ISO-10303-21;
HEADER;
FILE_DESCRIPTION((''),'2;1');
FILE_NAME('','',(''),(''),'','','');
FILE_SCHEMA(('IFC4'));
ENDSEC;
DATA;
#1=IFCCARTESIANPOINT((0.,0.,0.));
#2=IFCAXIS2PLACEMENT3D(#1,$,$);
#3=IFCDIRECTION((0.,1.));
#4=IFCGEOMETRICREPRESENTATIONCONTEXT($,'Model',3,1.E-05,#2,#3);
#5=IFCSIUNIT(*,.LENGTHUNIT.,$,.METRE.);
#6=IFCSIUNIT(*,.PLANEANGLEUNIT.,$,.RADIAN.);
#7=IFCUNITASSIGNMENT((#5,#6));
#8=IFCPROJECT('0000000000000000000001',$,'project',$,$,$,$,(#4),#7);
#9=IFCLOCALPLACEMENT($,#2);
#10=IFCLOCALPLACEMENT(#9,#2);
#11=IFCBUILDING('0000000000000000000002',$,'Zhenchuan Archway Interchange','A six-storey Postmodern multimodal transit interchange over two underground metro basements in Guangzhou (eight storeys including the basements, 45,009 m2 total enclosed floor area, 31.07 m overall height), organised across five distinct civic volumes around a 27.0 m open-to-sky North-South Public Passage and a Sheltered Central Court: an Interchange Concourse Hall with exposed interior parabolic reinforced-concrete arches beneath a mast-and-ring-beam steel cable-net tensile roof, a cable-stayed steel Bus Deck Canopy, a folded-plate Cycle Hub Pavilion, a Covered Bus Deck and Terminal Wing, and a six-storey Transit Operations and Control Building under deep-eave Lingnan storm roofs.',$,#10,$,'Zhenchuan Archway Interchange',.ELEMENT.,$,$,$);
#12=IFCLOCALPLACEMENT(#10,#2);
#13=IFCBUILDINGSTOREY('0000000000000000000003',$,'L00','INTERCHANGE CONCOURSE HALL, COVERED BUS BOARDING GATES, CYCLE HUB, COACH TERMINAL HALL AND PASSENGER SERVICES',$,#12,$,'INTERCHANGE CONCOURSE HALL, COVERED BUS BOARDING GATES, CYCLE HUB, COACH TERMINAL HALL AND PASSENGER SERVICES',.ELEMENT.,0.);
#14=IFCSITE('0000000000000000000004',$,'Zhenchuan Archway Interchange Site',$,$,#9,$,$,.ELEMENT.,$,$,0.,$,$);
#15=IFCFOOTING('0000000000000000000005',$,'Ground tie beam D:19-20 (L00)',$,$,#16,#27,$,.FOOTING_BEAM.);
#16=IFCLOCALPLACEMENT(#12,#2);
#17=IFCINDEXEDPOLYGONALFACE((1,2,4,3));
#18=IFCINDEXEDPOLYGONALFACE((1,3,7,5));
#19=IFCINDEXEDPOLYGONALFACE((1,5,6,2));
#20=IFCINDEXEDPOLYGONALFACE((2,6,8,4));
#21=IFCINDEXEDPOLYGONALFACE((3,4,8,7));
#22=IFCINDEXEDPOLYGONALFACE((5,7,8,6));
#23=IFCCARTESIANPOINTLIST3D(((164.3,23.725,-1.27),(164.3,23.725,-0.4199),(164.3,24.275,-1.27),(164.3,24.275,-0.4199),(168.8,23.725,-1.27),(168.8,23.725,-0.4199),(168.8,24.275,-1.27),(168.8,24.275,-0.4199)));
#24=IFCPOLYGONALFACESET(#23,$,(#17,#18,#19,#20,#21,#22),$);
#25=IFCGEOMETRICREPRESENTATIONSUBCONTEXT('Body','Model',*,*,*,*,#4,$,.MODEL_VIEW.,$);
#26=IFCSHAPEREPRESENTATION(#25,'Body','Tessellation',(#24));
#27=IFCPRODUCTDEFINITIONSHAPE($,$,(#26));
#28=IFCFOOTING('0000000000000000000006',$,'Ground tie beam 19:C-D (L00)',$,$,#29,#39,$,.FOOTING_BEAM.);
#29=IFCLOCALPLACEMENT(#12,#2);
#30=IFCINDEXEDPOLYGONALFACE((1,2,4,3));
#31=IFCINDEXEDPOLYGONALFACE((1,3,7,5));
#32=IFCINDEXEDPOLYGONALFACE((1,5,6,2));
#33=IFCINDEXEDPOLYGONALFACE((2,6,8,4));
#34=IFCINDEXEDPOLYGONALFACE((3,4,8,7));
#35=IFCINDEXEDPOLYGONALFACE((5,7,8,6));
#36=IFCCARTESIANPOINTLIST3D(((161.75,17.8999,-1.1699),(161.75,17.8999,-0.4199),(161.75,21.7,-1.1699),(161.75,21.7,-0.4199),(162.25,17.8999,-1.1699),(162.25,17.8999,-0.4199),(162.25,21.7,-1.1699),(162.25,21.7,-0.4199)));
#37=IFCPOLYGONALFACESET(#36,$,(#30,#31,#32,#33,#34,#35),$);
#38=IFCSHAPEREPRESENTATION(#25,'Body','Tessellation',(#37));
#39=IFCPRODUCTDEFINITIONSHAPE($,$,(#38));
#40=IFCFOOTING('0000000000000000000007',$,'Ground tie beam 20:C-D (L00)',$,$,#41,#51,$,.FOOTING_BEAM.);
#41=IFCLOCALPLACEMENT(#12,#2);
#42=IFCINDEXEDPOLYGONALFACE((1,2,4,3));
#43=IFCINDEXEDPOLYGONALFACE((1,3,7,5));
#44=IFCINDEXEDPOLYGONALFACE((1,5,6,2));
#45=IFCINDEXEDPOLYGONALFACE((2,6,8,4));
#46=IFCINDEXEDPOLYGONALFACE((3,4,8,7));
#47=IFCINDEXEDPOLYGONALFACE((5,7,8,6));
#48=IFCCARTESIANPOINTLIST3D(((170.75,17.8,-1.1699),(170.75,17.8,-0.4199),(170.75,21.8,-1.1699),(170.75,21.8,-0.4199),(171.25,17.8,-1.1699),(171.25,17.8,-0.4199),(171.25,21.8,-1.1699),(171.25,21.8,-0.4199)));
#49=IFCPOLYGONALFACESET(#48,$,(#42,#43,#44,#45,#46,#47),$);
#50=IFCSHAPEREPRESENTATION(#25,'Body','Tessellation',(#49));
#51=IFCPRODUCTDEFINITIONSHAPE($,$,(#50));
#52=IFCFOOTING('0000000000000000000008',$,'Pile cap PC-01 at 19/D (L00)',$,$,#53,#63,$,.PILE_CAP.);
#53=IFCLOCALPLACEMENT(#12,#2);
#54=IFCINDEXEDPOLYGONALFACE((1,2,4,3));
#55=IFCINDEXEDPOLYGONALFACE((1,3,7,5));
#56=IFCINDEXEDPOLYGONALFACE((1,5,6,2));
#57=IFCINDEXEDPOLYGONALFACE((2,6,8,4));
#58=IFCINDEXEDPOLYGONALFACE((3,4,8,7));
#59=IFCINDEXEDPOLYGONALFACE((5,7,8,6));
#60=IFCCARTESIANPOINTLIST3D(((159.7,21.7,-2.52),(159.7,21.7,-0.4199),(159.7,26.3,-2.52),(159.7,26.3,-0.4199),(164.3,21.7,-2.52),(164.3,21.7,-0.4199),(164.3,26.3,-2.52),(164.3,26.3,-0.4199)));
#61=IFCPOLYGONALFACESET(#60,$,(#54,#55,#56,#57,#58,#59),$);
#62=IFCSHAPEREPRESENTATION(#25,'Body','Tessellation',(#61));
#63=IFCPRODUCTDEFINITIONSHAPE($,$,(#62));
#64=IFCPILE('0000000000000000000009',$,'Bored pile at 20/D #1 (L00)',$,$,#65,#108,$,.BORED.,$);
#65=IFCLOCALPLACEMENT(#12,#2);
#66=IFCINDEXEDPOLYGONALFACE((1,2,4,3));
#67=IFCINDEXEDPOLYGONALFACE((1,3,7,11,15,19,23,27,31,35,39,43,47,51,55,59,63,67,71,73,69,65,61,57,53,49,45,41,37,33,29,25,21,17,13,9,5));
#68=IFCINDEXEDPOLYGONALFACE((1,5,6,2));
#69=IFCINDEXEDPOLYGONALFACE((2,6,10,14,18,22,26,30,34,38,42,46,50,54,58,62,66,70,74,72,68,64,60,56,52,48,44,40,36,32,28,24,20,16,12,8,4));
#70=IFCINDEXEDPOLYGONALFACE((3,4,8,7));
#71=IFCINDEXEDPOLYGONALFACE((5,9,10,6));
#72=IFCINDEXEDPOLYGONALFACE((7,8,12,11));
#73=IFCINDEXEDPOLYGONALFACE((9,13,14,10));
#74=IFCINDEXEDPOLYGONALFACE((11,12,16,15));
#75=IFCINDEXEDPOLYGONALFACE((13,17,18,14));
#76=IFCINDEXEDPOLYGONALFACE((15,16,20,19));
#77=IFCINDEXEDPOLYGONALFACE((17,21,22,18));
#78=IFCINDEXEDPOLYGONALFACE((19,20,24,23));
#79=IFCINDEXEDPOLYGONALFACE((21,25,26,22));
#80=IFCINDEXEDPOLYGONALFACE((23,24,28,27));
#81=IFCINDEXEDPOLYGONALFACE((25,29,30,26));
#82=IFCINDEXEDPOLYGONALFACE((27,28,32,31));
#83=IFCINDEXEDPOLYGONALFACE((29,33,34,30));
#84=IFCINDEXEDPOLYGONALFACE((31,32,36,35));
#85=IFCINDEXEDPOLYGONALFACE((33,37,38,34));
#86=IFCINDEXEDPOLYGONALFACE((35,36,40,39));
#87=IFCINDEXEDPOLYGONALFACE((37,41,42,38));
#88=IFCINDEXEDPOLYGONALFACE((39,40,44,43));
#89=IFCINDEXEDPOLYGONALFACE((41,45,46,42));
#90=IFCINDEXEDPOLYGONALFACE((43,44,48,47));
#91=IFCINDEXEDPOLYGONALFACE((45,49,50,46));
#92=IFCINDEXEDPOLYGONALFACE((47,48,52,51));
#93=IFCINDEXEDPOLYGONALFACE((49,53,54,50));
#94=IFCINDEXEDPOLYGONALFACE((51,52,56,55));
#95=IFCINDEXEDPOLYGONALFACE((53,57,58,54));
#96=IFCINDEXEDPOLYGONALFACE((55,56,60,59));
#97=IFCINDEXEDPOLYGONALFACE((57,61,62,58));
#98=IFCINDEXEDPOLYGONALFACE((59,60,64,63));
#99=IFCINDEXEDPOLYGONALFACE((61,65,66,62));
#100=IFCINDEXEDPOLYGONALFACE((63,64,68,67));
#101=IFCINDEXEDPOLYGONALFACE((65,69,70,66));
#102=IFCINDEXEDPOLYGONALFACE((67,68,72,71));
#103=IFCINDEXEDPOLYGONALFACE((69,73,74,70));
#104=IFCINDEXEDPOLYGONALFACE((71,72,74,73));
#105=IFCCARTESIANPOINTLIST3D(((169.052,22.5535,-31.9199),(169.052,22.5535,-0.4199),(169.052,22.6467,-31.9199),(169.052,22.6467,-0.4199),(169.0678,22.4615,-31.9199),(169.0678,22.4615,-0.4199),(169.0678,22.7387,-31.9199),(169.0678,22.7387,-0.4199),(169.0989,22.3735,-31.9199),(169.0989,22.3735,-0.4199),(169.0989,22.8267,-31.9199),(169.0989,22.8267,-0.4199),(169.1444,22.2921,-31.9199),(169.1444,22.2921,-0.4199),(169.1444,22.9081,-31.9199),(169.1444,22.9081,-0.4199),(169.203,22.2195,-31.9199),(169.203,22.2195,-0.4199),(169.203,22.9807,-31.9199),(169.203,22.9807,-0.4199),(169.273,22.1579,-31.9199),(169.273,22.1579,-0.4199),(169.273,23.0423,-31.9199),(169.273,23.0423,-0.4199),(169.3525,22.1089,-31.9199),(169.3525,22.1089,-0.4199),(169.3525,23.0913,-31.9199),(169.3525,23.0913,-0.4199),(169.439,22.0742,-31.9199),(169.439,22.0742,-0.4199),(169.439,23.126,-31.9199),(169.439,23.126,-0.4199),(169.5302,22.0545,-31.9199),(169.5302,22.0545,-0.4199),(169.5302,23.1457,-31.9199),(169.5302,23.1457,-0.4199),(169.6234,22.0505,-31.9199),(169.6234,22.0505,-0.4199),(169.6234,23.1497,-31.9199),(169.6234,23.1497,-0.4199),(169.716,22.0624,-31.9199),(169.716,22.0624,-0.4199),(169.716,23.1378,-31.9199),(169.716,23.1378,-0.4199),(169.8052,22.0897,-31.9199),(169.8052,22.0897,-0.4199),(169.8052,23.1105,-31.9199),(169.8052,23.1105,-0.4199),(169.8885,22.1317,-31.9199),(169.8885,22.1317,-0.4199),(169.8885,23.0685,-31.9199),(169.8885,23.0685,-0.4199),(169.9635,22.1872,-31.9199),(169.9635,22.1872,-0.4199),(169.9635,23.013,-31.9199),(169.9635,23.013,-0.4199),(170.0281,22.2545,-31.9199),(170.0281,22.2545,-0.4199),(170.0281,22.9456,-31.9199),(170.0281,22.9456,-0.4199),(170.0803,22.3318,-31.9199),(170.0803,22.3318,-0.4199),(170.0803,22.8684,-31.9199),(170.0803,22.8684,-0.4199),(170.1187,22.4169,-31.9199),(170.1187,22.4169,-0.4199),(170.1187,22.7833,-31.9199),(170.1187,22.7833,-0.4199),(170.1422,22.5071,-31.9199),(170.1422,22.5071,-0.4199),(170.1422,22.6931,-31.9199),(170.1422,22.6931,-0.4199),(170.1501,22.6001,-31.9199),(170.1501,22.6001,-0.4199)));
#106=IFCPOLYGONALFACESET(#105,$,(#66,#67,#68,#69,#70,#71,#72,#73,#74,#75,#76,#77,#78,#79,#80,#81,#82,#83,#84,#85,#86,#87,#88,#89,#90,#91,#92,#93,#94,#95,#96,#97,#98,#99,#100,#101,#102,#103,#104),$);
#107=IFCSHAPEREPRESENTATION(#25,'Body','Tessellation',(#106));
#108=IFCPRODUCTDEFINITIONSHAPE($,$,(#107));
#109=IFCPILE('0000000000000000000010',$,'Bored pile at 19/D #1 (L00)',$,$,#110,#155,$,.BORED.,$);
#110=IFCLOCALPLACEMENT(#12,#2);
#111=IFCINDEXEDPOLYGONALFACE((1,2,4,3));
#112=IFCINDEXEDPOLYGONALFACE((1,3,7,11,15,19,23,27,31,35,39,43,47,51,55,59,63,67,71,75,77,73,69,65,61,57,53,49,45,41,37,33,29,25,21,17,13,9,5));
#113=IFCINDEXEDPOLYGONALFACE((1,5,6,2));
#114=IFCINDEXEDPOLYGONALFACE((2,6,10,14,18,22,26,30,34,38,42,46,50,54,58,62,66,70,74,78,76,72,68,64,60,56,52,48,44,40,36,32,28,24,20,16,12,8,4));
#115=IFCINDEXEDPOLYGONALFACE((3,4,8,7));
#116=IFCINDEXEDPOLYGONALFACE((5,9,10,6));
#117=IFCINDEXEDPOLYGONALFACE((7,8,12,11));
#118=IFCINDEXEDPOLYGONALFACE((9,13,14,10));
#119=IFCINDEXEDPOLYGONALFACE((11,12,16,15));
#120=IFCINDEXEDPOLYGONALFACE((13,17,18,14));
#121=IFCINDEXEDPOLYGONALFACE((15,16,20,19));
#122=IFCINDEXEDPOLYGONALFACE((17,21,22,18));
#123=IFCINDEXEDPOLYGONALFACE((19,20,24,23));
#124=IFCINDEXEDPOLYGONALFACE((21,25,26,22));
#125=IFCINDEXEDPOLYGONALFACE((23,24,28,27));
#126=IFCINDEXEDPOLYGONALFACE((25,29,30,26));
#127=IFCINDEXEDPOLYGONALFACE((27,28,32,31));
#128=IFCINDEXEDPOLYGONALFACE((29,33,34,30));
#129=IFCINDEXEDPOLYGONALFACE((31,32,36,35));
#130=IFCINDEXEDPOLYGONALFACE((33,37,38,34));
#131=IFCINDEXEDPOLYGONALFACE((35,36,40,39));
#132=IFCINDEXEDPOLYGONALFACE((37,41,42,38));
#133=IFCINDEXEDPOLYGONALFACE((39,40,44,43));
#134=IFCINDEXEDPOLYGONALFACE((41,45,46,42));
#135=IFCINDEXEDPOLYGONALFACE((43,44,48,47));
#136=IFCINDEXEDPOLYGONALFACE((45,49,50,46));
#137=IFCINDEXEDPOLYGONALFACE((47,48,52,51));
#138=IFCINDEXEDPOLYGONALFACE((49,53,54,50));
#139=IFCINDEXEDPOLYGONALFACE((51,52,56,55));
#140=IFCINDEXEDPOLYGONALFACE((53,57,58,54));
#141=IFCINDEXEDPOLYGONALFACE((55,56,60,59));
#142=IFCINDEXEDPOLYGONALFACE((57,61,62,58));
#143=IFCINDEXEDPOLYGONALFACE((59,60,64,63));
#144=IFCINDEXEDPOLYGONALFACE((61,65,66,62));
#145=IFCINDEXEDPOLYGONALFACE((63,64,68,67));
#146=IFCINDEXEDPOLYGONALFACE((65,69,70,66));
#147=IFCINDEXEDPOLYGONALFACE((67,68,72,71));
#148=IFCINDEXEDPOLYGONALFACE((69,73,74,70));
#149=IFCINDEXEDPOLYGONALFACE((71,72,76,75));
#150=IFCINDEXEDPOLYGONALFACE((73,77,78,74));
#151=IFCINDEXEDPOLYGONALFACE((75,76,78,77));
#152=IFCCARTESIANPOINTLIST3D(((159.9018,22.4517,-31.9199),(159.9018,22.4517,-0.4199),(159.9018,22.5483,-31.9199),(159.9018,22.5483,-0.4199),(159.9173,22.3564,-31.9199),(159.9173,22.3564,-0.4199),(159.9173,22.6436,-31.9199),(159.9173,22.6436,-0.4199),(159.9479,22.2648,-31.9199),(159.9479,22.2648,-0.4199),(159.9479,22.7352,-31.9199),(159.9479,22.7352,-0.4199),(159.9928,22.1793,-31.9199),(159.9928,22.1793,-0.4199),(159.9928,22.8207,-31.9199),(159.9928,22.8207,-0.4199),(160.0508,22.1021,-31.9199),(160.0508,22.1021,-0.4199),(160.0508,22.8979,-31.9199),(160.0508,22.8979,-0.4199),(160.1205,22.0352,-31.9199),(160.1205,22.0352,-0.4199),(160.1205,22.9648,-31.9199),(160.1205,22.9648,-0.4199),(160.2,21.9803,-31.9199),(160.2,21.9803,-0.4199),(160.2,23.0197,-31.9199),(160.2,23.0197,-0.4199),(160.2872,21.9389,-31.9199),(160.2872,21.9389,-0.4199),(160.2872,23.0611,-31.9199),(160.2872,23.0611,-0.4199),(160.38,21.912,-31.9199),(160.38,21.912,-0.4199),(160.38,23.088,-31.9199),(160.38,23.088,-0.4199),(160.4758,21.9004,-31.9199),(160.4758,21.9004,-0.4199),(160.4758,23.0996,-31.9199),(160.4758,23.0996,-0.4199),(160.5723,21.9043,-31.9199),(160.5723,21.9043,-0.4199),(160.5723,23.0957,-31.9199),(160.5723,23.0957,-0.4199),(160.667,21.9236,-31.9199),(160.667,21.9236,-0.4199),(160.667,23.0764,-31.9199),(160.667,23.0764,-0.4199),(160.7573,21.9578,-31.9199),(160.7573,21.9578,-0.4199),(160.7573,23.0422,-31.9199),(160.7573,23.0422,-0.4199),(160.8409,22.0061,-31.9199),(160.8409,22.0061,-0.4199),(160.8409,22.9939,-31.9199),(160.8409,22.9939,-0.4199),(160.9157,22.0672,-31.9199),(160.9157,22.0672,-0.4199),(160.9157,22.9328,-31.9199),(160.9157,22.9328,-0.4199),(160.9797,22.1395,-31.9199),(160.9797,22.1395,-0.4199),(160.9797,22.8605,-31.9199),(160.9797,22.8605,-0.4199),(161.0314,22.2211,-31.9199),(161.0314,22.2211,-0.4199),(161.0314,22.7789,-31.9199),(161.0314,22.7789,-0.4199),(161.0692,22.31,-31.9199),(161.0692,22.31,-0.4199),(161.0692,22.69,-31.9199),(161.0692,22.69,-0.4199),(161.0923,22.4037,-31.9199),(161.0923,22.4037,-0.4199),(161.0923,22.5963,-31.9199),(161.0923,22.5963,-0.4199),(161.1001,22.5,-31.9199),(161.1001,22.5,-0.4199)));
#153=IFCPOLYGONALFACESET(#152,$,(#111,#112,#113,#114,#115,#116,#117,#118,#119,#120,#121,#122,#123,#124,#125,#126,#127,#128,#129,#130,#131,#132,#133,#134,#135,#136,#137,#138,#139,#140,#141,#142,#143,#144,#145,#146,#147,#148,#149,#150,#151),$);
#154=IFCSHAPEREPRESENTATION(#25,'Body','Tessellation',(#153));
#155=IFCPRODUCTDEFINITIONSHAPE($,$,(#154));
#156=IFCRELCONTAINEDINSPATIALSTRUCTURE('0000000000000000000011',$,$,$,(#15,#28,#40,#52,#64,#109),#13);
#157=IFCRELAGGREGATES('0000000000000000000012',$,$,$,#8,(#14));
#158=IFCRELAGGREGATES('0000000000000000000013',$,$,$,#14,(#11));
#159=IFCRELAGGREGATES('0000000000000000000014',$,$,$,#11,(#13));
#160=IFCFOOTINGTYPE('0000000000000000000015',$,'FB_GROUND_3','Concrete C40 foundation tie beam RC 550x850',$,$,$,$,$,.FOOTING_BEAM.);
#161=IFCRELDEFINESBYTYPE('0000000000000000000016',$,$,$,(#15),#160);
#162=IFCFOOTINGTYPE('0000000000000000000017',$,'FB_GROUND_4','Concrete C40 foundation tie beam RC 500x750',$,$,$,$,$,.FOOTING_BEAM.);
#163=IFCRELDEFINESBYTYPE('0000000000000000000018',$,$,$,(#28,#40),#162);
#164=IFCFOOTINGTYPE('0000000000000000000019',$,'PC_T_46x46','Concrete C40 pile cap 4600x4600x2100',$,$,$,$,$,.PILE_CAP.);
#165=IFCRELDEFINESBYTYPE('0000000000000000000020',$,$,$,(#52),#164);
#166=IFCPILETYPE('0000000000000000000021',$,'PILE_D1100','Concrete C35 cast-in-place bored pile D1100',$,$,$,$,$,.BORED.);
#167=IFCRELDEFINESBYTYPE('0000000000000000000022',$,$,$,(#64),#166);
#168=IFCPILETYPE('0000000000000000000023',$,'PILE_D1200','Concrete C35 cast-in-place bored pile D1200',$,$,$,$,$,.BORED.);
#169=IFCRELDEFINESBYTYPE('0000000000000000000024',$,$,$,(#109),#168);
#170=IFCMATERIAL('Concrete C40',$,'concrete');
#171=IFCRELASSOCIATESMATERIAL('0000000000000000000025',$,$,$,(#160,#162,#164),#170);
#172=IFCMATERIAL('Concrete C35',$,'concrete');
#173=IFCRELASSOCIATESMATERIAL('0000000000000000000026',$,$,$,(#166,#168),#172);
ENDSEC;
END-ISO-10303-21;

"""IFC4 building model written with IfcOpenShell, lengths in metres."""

from ifc_helpers import new_model, si_unit, direction, frame, origin, origin_2d, place, context, subcontext, project, spatial, rectangle, circle, extrude, material, material_profile, profile_set, type_object, element, save


model = new_model("IFC4")

# Units and contexts
model_context = context("Model", 3, precision=1e-05, world=origin(), true_north=direction((0.0, 1.0)))
body_context = subcontext(model_context, "Body", "Model", "MODEL_VIEW")
ifc_project = project(units=[si_unit("LENGTHUNIT", "METRE"), si_unit("PLANEANGLEUNIT", "RADIAN")], contexts=[model_context])

# Site, building, storey
site_placement = place(None, origin())
site = spatial("IfcSite", under=ifc_project, at=site_placement, Name="Zhenchuan Archway Interchange Site", CompositionType="ELEMENT", RefElevation=0.0)
building_placement = place(site_placement, origin())
building = spatial("IfcBuilding", under=site, at=building_placement, Name="Zhenchuan Archway Interchange", Description="A six-storey Postmodern multimodal transit interchange over two underground metro basements in Guangzhou (eight storeys including the basements, 45,009 m2 total enclosed floor area, 31.07 m overall height), organised across five distinct civic volumes around a 27.0 m open-to-sky North-South Public Passage and a Sheltered Central Court: an Interchange Concourse Hall with exposed interior parabolic reinforced-concrete arches beneath a mast-and-ring-beam steel cable-net tensile roof, a cable-stayed steel Bus Deck Canopy, a folded-plate Cycle Hub Pavilion, a Covered Bus Deck and Terminal Wing, and a six-storey Transit Operations and Control Building under deep-eave Lingnan storm roofs.", LongName="Zhenchuan Archway Interchange", CompositionType="ELEMENT")
storey_placement = place(building_placement, origin())
storey = spatial("IfcBuildingStorey", under=building, at=storey_placement, Name="L00", Description="INTERCHANGE CONCOURSE HALL, COVERED BUS BOARDING GATES, CYCLE HUB, COACH TERMINAL HALL AND PASSENGER SERVICES", LongName="INTERCHANGE CONCOURSE HALL, COVERED BUS BOARDING GATES, CYCLE HUB, COACH TERMINAL HALL AND PASSENGER SERVICES", CompositionType="ELEMENT", Elevation=0.0)

# Footings
ifc_material_1 = material(Name="Concrete C40", Category="concrete")
ifc_material_profile_1 = material_profile(ifc_material_1, rectangle(XDim=0.55, YDim=0.8501, at=origin_2d()), Name="RC 550x850")
ifc_profile_set_1 = profile_set([ifc_material_profile_1], Name="Concrete C40")
footing_type_1 = type_object("IfcFootingType", Name="FB_GROUND_3", Description="Concrete C40 foundation tie beam RC 550x850", PredefinedType="FOOTING_BEAM", material=ifc_profile_set_1)
footing_1_placement = place(storey_placement, frame((164.3, 24.0, -0.845), z_axis=(1.0, 0.0, 0.0), x_axis=(0.0, 1.0, 0.0)))
element("IfcFooting", 1, at=footing_1_placement, inside=storey, type_object=footing_type_1, Name="Ground tie beam D:19-20 (L00)", PredefinedType="FOOTING_BEAM", context=body_context, shape_type="SweptSolid", body=[
    extrude(rectangle(XDim=0.55, YDim=0.8501, at=origin_2d()), origin(), (0.0, 0.0, 1.0), 4.5),
])
ifc_material_profile_2 = material_profile(ifc_material_1, rectangle(XDim=0.5, YDim=0.75, at=origin_2d()), Name="RC 500x750")
ifc_profile_set_2 = profile_set([ifc_material_profile_2], Name="Concrete C40")
footing_type_2 = type_object("IfcFootingType", Name="FB_GROUND_4", Description="Concrete C40 foundation tie beam RC 500x750", PredefinedType="FOOTING_BEAM", material=ifc_profile_set_2)
footing_2_placement = place(storey_placement, frame((162.0, 17.8999, -0.7949), z_axis=(0.0, 1.0, 0.0), x_axis=(-1.0, 0.0, 0.0)))
element("IfcFooting", 2, at=footing_2_placement, inside=storey, type_object=footing_type_2, Name="Ground tie beam 19:C-D (L00)", PredefinedType="FOOTING_BEAM", context=body_context, shape_type="SweptSolid", body=[
    extrude(rectangle(XDim=0.5, YDim=0.75, at=origin_2d()), origin(), (0.0, 0.0, 1.0), 3.8),
])
footing_3_placement = place(storey_placement, frame((171.0, 17.8, -0.7949), z_axis=(0.0, 1.0, 0.0), x_axis=(-1.0, 0.0, 0.0)))
element("IfcFooting", 3, at=footing_3_placement, inside=storey, type_object=footing_type_2, Name="Ground tie beam 20:C-D (L00)", PredefinedType="FOOTING_BEAM", context=body_context, shape_type="SweptSolid", body=[
    extrude(rectangle(XDim=0.5, YDim=0.75, at=origin_2d()), origin(), (0.0, 0.0, 1.0), 4.0),
])
footing_type_3 = type_object("IfcFootingType", Name="PC_T_46x46", Description="Concrete C40 pile cap 4600x4600x2100", PredefinedType="PILE_CAP", material=ifc_material_1)
footing_4_placement = place(storey_placement, frame((162.0, 24.0, -2.52), z_axis=(0.0, 0.0, 1.0), x_axis=(1.0, 0.0, 0.0)))
element("IfcFooting", 4, at=footing_4_placement, inside=storey, type_object=footing_type_3, Name="Pile cap PC-01 at 19/D (L00)", PredefinedType="PILE_CAP", context=body_context, shape_type="SweptSolid", body=[
    extrude(rectangle(XDim=4.6001, YDim=4.6001, at=origin_2d()), origin(), (0.0, 0.0, 1.0), 2.1001),
])

# Piles
ifc_material_2 = material(Name="Concrete C35", Category="concrete")
ifc_material_profile_3 = material_profile(ifc_material_2, circle(Radius=0.55, at=origin_2d()), Name="BORED PILE 1100")
ifc_profile_set_3 = profile_set([ifc_material_profile_3], Name="Concrete C35")
pile_type_1 = type_object("IfcPileType", Name="PILE_D1100", Description="Concrete C35 cast-in-place bored pile D1100", PredefinedType="BORED", material=ifc_profile_set_3)
pile_placement = place(storey_placement, frame((169.6001, 22.6001, -0.4199), z_axis=(0.0, 0.0, -1.0), x_axis=(1.0, 0.0, 0.0)))
element("IfcPile", 5, at=pile_placement, inside=storey, type_object=pile_type_1, Name="Bored pile at 20/D #1 (L00)", PredefinedType="BORED", context=body_context, shape_type="SweptSolid", body=[
    extrude(circle(Radius=0.55, at=origin_2d()), origin(), (0.0, 0.0, 1.0), 31.5),
])
ifc_material_profile_4 = material_profile(ifc_material_2, circle(Radius=0.6001, at=origin_2d()), Name="BORED PILE 1200")
ifc_profile_set_4 = profile_set([ifc_material_profile_4], Name="Concrete C35")
pile_type_2 = type_object("IfcPileType", Name="PILE_D1200", Description="Concrete C35 cast-in-place bored pile D1200", PredefinedType="BORED", material=ifc_profile_set_4)
for number, where, z_axis, x_axis, name in (
    (6, (160.5, 22.5, -0.4199), (0.0, 0.0, -1.0), (1.0, 0.0, 0.0), "Bored pile at 19/D #1 (L00)"),
):
    element("IfcPile", number, at=place(storey_placement, frame(where, z_axis=z_axis, x_axis=x_axis)), inside=storey, type_object=pile_type_2, Name=name, PredefinedType="BORED", context=body_context, shape_type="SweptSolid", body=[
        extrude(circle(Radius=0.6001, at=origin_2d()), origin(), (0.0, 0.0, 1.0), 31.5),
    ])

save(model, "model.ifc")
